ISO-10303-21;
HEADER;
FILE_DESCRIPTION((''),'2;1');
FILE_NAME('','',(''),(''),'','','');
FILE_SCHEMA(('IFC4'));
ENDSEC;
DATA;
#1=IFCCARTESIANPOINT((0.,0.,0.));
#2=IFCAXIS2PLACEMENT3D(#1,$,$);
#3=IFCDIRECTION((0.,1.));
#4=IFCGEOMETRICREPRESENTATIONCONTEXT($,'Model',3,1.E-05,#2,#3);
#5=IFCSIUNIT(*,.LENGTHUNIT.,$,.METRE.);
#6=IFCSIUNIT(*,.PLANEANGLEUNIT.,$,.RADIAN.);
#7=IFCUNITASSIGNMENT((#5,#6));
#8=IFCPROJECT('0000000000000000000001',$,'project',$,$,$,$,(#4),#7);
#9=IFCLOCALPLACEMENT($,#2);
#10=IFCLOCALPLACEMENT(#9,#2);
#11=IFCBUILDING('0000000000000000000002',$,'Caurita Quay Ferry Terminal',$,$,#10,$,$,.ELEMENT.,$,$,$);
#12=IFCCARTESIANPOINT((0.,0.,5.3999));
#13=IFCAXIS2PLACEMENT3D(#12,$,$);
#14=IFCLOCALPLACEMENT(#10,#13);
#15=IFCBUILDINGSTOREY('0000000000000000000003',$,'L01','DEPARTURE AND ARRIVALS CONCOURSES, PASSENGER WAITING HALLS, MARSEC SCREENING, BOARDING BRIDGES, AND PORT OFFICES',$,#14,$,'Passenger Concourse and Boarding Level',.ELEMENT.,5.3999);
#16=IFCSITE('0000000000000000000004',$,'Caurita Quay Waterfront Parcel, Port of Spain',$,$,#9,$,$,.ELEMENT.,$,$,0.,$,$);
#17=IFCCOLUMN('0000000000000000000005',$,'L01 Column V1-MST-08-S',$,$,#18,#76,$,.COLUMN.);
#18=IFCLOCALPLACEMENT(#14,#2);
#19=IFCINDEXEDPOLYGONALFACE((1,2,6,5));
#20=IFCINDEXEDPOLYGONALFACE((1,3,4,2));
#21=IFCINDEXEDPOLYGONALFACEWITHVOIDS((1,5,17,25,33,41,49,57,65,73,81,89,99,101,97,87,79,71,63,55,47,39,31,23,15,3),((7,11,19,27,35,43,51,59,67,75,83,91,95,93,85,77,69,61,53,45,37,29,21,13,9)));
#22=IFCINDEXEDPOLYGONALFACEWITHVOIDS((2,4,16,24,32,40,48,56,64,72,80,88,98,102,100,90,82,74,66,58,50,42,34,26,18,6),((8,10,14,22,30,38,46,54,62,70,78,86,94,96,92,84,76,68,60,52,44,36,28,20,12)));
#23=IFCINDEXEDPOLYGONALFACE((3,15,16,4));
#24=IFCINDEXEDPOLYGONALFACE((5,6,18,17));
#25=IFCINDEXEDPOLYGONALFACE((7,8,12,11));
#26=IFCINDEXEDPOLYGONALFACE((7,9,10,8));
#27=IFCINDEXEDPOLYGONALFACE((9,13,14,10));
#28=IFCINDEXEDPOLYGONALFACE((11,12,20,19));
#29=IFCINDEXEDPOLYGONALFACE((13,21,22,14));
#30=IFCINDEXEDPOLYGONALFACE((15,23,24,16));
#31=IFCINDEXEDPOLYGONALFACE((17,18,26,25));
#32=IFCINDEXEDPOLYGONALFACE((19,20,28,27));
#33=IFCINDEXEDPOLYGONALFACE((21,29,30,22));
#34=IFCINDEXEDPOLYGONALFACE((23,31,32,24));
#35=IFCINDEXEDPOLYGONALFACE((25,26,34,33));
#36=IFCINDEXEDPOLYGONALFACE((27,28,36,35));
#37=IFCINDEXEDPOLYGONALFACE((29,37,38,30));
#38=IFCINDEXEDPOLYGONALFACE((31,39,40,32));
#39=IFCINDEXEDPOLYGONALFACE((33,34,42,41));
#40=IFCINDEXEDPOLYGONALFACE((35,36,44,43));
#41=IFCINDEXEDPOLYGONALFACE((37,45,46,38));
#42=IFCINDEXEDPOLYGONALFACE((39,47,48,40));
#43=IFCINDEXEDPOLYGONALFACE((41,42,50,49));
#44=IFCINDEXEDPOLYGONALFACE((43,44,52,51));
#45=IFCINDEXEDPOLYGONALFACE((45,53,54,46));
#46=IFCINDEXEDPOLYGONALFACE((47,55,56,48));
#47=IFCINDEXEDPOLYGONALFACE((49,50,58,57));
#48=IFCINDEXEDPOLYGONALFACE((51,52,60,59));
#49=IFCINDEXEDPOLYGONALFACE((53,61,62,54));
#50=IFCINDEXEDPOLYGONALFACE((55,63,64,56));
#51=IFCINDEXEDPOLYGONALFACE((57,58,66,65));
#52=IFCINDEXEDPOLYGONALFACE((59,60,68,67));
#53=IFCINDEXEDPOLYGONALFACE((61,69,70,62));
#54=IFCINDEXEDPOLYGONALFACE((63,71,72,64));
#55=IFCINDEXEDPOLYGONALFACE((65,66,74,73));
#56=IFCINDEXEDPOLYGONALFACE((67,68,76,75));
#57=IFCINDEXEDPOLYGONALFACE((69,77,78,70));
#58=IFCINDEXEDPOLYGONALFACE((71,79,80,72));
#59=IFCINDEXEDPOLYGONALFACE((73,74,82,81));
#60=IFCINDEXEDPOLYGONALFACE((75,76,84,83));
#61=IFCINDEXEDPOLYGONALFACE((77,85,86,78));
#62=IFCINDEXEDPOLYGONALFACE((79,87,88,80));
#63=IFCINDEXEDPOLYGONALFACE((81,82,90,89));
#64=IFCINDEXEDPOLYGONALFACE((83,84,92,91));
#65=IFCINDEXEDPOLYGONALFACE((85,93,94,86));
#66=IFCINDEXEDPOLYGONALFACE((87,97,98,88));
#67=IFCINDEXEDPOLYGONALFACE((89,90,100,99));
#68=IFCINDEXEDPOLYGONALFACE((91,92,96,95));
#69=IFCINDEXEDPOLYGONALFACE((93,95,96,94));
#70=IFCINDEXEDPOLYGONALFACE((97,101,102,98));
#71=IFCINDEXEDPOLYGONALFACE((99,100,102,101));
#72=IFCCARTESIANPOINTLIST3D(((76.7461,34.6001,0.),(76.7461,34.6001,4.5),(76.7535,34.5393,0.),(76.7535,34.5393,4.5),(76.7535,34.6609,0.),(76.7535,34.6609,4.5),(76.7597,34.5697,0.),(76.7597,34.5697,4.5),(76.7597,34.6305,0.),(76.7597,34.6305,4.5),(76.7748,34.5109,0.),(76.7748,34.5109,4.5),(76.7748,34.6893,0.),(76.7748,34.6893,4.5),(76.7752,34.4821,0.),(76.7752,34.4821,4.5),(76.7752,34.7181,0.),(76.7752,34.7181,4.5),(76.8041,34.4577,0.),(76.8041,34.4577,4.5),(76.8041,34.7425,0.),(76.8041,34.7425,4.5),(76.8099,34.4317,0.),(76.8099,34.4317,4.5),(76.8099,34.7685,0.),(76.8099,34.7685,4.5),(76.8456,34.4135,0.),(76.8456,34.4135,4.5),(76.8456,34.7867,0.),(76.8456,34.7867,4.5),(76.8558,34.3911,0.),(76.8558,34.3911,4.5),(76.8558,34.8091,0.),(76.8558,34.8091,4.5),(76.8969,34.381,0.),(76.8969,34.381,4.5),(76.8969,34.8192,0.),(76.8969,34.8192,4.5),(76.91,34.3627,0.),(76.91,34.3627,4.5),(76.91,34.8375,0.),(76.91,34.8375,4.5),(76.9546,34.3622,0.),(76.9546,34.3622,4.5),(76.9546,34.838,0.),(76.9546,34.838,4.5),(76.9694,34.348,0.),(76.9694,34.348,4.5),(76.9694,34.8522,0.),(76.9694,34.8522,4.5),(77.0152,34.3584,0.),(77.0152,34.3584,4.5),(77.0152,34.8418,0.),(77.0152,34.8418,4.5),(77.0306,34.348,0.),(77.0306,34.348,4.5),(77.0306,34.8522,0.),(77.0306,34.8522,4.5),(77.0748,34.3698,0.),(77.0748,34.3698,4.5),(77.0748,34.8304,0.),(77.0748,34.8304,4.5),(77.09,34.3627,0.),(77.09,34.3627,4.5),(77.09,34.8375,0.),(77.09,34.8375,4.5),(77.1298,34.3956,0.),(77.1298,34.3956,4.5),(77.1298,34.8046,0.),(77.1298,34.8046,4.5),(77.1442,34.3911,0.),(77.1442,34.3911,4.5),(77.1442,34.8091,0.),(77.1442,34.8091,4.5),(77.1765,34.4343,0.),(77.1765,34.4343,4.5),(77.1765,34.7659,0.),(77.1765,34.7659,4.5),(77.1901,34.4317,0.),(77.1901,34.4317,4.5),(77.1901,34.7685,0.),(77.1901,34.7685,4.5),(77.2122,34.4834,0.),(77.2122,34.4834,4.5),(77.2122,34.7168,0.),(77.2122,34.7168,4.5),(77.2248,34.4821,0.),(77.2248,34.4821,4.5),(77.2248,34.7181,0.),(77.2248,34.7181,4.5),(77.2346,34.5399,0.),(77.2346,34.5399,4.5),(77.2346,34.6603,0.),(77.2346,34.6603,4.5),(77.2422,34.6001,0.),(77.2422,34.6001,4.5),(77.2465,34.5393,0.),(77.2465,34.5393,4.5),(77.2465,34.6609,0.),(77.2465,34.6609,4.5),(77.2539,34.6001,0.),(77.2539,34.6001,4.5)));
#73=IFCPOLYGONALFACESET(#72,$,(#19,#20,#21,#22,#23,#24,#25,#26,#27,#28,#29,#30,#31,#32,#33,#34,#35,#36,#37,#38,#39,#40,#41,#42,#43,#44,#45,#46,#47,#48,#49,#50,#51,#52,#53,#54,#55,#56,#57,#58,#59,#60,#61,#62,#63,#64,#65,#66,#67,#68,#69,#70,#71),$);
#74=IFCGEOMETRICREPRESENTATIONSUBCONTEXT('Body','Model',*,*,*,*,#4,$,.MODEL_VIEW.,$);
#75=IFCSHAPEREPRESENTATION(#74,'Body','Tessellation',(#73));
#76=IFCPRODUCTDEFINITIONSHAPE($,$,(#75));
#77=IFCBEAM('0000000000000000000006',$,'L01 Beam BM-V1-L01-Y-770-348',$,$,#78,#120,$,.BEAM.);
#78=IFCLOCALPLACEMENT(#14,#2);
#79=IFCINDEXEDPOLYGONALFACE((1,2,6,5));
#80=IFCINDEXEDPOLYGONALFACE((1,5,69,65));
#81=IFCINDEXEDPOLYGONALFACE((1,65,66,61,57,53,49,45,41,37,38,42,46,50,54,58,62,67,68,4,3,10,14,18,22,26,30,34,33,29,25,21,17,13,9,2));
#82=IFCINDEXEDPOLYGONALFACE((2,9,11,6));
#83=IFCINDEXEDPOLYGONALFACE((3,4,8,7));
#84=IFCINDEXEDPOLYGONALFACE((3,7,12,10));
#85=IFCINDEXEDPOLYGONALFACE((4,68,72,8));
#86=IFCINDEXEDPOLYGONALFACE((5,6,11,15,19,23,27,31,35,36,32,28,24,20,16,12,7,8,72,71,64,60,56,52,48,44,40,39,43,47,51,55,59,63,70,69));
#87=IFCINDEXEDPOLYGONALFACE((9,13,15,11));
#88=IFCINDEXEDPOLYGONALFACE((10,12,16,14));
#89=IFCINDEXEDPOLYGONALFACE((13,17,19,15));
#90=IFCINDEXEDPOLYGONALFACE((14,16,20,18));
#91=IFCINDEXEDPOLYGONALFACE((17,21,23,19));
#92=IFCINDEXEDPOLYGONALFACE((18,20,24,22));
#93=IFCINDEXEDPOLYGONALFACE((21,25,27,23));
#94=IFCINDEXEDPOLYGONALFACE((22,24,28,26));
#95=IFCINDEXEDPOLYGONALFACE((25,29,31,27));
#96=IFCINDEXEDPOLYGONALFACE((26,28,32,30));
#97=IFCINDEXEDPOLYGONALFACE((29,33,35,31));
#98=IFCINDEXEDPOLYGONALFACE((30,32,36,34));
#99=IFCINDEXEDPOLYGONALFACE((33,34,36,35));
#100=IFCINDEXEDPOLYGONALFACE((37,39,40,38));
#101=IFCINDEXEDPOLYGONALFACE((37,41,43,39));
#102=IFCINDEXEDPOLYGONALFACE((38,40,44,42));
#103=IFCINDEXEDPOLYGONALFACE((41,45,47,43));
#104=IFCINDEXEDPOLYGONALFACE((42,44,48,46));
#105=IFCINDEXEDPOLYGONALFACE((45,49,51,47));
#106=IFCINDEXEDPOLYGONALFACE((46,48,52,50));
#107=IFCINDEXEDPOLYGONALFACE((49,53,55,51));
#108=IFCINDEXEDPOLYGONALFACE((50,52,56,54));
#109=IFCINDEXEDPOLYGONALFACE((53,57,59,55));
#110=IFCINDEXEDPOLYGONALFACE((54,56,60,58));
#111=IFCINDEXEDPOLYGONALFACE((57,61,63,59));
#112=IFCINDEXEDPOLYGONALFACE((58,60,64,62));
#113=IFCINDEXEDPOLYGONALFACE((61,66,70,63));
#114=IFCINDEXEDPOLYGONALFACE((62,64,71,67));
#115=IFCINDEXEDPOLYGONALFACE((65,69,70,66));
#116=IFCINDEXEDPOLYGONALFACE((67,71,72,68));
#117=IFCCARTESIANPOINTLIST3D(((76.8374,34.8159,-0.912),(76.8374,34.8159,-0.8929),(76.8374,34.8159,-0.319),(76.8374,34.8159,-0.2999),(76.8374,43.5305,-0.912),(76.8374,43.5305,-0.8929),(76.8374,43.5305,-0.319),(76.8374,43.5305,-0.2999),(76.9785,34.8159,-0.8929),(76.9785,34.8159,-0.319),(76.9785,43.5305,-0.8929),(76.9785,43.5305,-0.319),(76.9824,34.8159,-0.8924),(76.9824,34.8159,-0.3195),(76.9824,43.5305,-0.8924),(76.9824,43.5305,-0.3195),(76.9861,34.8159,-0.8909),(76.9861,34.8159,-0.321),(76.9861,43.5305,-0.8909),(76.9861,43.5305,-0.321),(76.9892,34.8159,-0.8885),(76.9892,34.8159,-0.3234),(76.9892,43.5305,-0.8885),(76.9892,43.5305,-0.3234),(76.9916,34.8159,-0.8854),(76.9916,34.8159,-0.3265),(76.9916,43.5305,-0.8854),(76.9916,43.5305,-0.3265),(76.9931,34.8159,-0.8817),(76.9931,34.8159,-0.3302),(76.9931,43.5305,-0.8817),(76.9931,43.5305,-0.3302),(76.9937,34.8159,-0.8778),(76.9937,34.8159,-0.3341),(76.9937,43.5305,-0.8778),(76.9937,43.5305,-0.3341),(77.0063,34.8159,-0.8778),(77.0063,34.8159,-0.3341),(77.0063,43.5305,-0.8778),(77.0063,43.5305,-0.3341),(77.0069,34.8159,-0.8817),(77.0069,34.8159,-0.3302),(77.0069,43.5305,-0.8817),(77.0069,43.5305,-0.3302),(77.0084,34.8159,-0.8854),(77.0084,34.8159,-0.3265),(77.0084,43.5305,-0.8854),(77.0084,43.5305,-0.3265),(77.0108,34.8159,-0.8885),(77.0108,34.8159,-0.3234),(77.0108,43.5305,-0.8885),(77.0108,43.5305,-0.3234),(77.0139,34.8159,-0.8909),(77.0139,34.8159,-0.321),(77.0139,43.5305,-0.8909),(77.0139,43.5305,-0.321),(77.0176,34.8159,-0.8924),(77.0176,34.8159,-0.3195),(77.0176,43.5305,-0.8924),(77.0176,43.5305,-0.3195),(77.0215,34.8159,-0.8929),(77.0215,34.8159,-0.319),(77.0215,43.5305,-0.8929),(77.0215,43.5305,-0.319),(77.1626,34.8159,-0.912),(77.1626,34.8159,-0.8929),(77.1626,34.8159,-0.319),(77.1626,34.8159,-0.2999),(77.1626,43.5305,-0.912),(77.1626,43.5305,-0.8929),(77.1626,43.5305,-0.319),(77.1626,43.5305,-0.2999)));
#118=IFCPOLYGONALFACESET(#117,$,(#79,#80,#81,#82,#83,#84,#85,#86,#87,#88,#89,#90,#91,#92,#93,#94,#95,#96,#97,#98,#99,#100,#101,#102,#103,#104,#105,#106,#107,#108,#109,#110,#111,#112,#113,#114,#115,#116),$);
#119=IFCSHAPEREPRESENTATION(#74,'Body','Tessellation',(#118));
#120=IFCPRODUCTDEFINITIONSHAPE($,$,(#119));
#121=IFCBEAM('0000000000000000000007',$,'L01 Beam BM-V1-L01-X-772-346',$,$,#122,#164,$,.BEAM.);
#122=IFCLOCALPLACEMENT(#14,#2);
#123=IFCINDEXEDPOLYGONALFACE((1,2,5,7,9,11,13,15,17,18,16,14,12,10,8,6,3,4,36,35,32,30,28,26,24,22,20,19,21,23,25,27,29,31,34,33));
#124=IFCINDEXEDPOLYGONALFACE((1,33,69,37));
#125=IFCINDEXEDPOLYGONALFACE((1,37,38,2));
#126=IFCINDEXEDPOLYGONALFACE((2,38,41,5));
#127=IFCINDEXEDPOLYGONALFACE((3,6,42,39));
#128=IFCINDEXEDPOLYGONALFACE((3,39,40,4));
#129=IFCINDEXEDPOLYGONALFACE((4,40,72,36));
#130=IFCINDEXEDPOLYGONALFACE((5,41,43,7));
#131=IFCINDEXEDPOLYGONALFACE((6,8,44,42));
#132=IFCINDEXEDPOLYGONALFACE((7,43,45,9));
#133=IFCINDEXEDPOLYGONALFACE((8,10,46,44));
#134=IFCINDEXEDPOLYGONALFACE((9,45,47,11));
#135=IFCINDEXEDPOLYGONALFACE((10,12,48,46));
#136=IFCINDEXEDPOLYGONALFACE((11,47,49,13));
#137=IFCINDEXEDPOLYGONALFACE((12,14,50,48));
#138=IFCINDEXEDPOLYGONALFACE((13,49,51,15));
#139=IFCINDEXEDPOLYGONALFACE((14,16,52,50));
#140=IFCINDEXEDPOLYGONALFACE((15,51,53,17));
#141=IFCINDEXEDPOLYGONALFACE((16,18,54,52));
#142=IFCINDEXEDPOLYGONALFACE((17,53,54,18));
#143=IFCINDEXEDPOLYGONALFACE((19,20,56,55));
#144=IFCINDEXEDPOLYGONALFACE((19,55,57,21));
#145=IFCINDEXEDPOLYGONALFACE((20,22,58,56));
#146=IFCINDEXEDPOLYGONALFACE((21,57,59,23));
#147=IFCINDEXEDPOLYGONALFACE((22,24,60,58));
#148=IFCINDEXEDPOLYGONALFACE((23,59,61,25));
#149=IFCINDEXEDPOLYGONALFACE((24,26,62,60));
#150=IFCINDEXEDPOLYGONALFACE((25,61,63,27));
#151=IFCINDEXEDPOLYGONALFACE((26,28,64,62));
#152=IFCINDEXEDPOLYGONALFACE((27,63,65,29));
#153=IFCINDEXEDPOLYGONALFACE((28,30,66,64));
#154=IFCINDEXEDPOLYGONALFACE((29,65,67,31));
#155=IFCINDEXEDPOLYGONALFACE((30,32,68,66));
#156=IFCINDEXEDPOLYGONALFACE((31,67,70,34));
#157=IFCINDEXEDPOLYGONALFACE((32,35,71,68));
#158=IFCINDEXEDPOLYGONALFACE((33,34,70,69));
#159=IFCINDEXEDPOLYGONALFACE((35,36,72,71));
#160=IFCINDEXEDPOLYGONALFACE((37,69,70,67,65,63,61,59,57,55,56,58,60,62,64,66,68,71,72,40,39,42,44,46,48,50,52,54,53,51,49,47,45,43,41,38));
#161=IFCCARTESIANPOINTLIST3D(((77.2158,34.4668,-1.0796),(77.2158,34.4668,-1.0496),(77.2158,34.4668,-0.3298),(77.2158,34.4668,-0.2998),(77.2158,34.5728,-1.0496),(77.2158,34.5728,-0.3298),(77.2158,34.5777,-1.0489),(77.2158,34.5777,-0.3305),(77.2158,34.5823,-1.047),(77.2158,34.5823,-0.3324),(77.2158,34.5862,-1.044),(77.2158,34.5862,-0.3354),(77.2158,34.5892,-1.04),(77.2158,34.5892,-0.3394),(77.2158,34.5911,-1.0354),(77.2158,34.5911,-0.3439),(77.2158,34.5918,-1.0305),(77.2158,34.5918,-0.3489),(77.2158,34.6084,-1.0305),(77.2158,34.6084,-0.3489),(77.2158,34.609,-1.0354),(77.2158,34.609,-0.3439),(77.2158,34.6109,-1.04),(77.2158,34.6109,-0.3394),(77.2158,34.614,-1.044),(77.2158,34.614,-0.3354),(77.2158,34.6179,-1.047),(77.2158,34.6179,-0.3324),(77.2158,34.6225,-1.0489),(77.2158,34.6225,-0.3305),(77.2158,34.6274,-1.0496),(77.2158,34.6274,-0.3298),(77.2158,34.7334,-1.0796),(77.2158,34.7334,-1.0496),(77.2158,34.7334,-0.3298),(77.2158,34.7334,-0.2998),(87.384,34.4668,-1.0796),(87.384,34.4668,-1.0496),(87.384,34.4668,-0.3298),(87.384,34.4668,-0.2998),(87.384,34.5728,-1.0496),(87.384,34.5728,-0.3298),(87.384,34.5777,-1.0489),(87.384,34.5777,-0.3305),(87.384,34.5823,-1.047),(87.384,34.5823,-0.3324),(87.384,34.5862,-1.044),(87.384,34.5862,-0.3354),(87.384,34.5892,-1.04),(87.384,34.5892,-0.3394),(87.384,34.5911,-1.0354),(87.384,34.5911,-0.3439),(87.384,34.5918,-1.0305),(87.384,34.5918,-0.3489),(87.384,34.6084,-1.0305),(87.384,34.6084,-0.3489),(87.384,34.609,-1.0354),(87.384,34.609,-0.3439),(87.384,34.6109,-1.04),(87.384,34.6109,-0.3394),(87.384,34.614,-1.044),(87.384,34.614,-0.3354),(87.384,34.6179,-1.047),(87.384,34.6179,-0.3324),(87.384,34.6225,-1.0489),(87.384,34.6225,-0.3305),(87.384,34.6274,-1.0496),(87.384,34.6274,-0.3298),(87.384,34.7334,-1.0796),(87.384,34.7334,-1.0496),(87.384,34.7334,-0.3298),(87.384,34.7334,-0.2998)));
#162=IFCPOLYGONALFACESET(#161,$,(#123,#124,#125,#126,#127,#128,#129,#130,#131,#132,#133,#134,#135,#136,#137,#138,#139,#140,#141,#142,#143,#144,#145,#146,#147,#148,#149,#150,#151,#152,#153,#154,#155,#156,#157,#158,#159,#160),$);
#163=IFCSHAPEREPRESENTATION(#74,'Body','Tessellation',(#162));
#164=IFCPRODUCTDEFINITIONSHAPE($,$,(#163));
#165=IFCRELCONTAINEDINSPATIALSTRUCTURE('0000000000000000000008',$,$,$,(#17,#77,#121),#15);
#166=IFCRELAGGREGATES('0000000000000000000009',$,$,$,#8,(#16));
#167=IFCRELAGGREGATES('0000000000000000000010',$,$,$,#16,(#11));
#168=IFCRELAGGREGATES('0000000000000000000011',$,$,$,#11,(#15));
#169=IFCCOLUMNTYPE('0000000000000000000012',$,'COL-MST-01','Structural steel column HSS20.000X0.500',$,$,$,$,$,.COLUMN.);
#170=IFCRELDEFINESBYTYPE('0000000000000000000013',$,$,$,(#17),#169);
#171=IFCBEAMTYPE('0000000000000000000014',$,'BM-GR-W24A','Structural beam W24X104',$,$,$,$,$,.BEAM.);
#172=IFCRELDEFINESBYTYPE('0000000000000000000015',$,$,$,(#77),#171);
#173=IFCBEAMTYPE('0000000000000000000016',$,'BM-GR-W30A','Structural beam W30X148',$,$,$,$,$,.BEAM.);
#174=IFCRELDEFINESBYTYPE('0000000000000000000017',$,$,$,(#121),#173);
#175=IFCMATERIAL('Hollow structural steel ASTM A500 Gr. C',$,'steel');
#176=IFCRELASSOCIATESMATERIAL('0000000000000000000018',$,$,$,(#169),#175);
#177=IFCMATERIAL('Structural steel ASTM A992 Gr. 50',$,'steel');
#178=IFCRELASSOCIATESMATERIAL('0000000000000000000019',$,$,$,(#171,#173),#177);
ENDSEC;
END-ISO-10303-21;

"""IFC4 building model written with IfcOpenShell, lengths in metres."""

from ifc_helpers import new_model, si_unit, direction, frame, origin, origin_2d, place, context, subcontext, project, spatial, hollow_circle, i_section, extrude, material, material_profile, profile_set, type_object, element, save


model = new_model("IFC4")

# Units and contexts
model_context = context("Model", 3, precision=1e-05, world=origin(), true_north=direction((0.0, 1.0)))
body_context = subcontext(model_context, "Body", "Model", "MODEL_VIEW")
ifc_project = project(units=[si_unit("LENGTHUNIT", "METRE"), si_unit("PLANEANGLEUNIT", "RADIAN")], contexts=[model_context])

# Site, building, storey
site_placement = place(None, origin())
site = spatial("IfcSite", under=ifc_project, at=site_placement, Name="Caurita Quay Waterfront Parcel, Port of Spain", CompositionType="ELEMENT", RefElevation=0.0)
building_placement = place(site_placement, origin())
building = spatial("IfcBuilding", under=site, at=building_placement, Name="Caurita Quay Ferry Terminal", CompositionType="ELEMENT")
storey_placement = place(building_placement, frame((0.0, 0.0, 5.3999)))
storey = spatial("IfcBuildingStorey", under=building, at=storey_placement, Name="L01", Description="DEPARTURE AND ARRIVALS CONCOURSES, PASSENGER WAITING HALLS, MARSEC SCREENING, BOARDING BRIDGES, AND PORT OFFICES", LongName="Passenger Concourse and Boarding Level", CompositionType="ELEMENT", Elevation=5.3999)

# Column
ifc_material_1 = material(Name="Hollow structural steel ASTM A500 Gr. C", Category="steel")
ifc_material_profile_1 = material_profile(ifc_material_1, hollow_circle(Radius=0.2539, WallThickness=0.0117, at=origin_2d()), Name="HSS20.000X0.500")
ifc_profile_set_1 = profile_set([ifc_material_profile_1], Name="Hollow structural steel ASTM A500 Gr. C")
column_type = type_object("IfcColumnType", Name="COL-MST-01", Description="Structural steel column HSS20.000X0.500", PredefinedType="COLUMN", material=ifc_profile_set_1)
column_placement = place(storey_placement, frame((77.0, 34.6001, 0.0), z_axis=(0.0, 0.0, 1.0), x_axis=(1.0, 0.0, 0.0)))
element("IfcColumn", 1, at=column_placement, inside=storey, type_object=column_type, Name="L01 Column V1-MST-08-S", PredefinedType="COLUMN", context=body_context, shape_type="SweptSolid", body=[
    extrude(hollow_circle(Radius=0.2539, WallThickness=0.0117, at=origin_2d()), origin(), (0.0, 0.0, 1.0), 4.5),
])

# Beams
ifc_material_2 = material(Name="Structural steel ASTM A992 Gr. 50", Category="steel")
ifc_material_profile_2 = material_profile(ifc_material_2, i_section(OverallWidth=0.3252, OverallDepth=0.6121, WebThickness=0.0127, FlangeThickness=0.019, FilletRadius=0.0151, at=origin_2d()), Name="W24X104")
ifc_profile_set_2 = profile_set([ifc_material_profile_2], Name="Structural steel ASTM A992 Gr. 50")
beam_type_1 = type_object("IfcBeamType", Name="BM-GR-W24A", Description="Structural beam W24X104", PredefinedType="BEAM", material=ifc_profile_set_2)
beam_1_placement = place(storey_placement, frame((77.0, 34.8159, -0.606), z_axis=(0.0, 1.0, 0.0), x_axis=(-1.0, 0.0, 0.0)))
element("IfcBeam", 2, at=beam_1_placement, inside=storey, type_object=beam_type_1, Name="L01 Beam BM-V1-L01-Y-770-348", PredefinedType="BEAM", context=body_context, shape_type="SweptSolid", body=[
    extrude(i_section(OverallWidth=0.3252, OverallDepth=0.6121, WebThickness=0.0127, FlangeThickness=0.019, FilletRadius=0.0151, at=origin_2d()), origin(), (0.0, 0.0, 1.0), 8.7146),
])
ifc_material_profile_3 = material_profile(ifc_material_2, i_section(OverallWidth=0.2666, OverallDepth=0.7798, WebThickness=0.0166, FlangeThickness=0.03, FilletRadius=0.019, at=origin_2d()), Name="W30X148")
ifc_profile_set_3 = profile_set([ifc_material_profile_3], Name="Structural steel ASTM A992 Gr. 50")
beam_type_2 = type_object("IfcBeamType", Name="BM-GR-W30A", Description="Structural beam W30X148", PredefinedType="BEAM", material=ifc_profile_set_3)
beam_2_placement = place(storey_placement, frame((77.2158, 34.6001, -0.6897), z_axis=(1.0, 0.0, 0.0), x_axis=(0.0, 1.0, 0.0)))
element("IfcBeam", 3, at=beam_2_placement, inside=storey, type_object=beam_type_2, Name="L01 Beam BM-V1-L01-X-772-346", PredefinedType="BEAM", context=body_context, shape_type="SweptSolid", body=[
    extrude(i_section(OverallWidth=0.2666, OverallDepth=0.7798, WebThickness=0.0166, FlangeThickness=0.03, FilletRadius=0.019, at=origin_2d()), origin(), (0.0, 0.0, 1.0), 10.1682),
])

save(model, "model.ifc")
